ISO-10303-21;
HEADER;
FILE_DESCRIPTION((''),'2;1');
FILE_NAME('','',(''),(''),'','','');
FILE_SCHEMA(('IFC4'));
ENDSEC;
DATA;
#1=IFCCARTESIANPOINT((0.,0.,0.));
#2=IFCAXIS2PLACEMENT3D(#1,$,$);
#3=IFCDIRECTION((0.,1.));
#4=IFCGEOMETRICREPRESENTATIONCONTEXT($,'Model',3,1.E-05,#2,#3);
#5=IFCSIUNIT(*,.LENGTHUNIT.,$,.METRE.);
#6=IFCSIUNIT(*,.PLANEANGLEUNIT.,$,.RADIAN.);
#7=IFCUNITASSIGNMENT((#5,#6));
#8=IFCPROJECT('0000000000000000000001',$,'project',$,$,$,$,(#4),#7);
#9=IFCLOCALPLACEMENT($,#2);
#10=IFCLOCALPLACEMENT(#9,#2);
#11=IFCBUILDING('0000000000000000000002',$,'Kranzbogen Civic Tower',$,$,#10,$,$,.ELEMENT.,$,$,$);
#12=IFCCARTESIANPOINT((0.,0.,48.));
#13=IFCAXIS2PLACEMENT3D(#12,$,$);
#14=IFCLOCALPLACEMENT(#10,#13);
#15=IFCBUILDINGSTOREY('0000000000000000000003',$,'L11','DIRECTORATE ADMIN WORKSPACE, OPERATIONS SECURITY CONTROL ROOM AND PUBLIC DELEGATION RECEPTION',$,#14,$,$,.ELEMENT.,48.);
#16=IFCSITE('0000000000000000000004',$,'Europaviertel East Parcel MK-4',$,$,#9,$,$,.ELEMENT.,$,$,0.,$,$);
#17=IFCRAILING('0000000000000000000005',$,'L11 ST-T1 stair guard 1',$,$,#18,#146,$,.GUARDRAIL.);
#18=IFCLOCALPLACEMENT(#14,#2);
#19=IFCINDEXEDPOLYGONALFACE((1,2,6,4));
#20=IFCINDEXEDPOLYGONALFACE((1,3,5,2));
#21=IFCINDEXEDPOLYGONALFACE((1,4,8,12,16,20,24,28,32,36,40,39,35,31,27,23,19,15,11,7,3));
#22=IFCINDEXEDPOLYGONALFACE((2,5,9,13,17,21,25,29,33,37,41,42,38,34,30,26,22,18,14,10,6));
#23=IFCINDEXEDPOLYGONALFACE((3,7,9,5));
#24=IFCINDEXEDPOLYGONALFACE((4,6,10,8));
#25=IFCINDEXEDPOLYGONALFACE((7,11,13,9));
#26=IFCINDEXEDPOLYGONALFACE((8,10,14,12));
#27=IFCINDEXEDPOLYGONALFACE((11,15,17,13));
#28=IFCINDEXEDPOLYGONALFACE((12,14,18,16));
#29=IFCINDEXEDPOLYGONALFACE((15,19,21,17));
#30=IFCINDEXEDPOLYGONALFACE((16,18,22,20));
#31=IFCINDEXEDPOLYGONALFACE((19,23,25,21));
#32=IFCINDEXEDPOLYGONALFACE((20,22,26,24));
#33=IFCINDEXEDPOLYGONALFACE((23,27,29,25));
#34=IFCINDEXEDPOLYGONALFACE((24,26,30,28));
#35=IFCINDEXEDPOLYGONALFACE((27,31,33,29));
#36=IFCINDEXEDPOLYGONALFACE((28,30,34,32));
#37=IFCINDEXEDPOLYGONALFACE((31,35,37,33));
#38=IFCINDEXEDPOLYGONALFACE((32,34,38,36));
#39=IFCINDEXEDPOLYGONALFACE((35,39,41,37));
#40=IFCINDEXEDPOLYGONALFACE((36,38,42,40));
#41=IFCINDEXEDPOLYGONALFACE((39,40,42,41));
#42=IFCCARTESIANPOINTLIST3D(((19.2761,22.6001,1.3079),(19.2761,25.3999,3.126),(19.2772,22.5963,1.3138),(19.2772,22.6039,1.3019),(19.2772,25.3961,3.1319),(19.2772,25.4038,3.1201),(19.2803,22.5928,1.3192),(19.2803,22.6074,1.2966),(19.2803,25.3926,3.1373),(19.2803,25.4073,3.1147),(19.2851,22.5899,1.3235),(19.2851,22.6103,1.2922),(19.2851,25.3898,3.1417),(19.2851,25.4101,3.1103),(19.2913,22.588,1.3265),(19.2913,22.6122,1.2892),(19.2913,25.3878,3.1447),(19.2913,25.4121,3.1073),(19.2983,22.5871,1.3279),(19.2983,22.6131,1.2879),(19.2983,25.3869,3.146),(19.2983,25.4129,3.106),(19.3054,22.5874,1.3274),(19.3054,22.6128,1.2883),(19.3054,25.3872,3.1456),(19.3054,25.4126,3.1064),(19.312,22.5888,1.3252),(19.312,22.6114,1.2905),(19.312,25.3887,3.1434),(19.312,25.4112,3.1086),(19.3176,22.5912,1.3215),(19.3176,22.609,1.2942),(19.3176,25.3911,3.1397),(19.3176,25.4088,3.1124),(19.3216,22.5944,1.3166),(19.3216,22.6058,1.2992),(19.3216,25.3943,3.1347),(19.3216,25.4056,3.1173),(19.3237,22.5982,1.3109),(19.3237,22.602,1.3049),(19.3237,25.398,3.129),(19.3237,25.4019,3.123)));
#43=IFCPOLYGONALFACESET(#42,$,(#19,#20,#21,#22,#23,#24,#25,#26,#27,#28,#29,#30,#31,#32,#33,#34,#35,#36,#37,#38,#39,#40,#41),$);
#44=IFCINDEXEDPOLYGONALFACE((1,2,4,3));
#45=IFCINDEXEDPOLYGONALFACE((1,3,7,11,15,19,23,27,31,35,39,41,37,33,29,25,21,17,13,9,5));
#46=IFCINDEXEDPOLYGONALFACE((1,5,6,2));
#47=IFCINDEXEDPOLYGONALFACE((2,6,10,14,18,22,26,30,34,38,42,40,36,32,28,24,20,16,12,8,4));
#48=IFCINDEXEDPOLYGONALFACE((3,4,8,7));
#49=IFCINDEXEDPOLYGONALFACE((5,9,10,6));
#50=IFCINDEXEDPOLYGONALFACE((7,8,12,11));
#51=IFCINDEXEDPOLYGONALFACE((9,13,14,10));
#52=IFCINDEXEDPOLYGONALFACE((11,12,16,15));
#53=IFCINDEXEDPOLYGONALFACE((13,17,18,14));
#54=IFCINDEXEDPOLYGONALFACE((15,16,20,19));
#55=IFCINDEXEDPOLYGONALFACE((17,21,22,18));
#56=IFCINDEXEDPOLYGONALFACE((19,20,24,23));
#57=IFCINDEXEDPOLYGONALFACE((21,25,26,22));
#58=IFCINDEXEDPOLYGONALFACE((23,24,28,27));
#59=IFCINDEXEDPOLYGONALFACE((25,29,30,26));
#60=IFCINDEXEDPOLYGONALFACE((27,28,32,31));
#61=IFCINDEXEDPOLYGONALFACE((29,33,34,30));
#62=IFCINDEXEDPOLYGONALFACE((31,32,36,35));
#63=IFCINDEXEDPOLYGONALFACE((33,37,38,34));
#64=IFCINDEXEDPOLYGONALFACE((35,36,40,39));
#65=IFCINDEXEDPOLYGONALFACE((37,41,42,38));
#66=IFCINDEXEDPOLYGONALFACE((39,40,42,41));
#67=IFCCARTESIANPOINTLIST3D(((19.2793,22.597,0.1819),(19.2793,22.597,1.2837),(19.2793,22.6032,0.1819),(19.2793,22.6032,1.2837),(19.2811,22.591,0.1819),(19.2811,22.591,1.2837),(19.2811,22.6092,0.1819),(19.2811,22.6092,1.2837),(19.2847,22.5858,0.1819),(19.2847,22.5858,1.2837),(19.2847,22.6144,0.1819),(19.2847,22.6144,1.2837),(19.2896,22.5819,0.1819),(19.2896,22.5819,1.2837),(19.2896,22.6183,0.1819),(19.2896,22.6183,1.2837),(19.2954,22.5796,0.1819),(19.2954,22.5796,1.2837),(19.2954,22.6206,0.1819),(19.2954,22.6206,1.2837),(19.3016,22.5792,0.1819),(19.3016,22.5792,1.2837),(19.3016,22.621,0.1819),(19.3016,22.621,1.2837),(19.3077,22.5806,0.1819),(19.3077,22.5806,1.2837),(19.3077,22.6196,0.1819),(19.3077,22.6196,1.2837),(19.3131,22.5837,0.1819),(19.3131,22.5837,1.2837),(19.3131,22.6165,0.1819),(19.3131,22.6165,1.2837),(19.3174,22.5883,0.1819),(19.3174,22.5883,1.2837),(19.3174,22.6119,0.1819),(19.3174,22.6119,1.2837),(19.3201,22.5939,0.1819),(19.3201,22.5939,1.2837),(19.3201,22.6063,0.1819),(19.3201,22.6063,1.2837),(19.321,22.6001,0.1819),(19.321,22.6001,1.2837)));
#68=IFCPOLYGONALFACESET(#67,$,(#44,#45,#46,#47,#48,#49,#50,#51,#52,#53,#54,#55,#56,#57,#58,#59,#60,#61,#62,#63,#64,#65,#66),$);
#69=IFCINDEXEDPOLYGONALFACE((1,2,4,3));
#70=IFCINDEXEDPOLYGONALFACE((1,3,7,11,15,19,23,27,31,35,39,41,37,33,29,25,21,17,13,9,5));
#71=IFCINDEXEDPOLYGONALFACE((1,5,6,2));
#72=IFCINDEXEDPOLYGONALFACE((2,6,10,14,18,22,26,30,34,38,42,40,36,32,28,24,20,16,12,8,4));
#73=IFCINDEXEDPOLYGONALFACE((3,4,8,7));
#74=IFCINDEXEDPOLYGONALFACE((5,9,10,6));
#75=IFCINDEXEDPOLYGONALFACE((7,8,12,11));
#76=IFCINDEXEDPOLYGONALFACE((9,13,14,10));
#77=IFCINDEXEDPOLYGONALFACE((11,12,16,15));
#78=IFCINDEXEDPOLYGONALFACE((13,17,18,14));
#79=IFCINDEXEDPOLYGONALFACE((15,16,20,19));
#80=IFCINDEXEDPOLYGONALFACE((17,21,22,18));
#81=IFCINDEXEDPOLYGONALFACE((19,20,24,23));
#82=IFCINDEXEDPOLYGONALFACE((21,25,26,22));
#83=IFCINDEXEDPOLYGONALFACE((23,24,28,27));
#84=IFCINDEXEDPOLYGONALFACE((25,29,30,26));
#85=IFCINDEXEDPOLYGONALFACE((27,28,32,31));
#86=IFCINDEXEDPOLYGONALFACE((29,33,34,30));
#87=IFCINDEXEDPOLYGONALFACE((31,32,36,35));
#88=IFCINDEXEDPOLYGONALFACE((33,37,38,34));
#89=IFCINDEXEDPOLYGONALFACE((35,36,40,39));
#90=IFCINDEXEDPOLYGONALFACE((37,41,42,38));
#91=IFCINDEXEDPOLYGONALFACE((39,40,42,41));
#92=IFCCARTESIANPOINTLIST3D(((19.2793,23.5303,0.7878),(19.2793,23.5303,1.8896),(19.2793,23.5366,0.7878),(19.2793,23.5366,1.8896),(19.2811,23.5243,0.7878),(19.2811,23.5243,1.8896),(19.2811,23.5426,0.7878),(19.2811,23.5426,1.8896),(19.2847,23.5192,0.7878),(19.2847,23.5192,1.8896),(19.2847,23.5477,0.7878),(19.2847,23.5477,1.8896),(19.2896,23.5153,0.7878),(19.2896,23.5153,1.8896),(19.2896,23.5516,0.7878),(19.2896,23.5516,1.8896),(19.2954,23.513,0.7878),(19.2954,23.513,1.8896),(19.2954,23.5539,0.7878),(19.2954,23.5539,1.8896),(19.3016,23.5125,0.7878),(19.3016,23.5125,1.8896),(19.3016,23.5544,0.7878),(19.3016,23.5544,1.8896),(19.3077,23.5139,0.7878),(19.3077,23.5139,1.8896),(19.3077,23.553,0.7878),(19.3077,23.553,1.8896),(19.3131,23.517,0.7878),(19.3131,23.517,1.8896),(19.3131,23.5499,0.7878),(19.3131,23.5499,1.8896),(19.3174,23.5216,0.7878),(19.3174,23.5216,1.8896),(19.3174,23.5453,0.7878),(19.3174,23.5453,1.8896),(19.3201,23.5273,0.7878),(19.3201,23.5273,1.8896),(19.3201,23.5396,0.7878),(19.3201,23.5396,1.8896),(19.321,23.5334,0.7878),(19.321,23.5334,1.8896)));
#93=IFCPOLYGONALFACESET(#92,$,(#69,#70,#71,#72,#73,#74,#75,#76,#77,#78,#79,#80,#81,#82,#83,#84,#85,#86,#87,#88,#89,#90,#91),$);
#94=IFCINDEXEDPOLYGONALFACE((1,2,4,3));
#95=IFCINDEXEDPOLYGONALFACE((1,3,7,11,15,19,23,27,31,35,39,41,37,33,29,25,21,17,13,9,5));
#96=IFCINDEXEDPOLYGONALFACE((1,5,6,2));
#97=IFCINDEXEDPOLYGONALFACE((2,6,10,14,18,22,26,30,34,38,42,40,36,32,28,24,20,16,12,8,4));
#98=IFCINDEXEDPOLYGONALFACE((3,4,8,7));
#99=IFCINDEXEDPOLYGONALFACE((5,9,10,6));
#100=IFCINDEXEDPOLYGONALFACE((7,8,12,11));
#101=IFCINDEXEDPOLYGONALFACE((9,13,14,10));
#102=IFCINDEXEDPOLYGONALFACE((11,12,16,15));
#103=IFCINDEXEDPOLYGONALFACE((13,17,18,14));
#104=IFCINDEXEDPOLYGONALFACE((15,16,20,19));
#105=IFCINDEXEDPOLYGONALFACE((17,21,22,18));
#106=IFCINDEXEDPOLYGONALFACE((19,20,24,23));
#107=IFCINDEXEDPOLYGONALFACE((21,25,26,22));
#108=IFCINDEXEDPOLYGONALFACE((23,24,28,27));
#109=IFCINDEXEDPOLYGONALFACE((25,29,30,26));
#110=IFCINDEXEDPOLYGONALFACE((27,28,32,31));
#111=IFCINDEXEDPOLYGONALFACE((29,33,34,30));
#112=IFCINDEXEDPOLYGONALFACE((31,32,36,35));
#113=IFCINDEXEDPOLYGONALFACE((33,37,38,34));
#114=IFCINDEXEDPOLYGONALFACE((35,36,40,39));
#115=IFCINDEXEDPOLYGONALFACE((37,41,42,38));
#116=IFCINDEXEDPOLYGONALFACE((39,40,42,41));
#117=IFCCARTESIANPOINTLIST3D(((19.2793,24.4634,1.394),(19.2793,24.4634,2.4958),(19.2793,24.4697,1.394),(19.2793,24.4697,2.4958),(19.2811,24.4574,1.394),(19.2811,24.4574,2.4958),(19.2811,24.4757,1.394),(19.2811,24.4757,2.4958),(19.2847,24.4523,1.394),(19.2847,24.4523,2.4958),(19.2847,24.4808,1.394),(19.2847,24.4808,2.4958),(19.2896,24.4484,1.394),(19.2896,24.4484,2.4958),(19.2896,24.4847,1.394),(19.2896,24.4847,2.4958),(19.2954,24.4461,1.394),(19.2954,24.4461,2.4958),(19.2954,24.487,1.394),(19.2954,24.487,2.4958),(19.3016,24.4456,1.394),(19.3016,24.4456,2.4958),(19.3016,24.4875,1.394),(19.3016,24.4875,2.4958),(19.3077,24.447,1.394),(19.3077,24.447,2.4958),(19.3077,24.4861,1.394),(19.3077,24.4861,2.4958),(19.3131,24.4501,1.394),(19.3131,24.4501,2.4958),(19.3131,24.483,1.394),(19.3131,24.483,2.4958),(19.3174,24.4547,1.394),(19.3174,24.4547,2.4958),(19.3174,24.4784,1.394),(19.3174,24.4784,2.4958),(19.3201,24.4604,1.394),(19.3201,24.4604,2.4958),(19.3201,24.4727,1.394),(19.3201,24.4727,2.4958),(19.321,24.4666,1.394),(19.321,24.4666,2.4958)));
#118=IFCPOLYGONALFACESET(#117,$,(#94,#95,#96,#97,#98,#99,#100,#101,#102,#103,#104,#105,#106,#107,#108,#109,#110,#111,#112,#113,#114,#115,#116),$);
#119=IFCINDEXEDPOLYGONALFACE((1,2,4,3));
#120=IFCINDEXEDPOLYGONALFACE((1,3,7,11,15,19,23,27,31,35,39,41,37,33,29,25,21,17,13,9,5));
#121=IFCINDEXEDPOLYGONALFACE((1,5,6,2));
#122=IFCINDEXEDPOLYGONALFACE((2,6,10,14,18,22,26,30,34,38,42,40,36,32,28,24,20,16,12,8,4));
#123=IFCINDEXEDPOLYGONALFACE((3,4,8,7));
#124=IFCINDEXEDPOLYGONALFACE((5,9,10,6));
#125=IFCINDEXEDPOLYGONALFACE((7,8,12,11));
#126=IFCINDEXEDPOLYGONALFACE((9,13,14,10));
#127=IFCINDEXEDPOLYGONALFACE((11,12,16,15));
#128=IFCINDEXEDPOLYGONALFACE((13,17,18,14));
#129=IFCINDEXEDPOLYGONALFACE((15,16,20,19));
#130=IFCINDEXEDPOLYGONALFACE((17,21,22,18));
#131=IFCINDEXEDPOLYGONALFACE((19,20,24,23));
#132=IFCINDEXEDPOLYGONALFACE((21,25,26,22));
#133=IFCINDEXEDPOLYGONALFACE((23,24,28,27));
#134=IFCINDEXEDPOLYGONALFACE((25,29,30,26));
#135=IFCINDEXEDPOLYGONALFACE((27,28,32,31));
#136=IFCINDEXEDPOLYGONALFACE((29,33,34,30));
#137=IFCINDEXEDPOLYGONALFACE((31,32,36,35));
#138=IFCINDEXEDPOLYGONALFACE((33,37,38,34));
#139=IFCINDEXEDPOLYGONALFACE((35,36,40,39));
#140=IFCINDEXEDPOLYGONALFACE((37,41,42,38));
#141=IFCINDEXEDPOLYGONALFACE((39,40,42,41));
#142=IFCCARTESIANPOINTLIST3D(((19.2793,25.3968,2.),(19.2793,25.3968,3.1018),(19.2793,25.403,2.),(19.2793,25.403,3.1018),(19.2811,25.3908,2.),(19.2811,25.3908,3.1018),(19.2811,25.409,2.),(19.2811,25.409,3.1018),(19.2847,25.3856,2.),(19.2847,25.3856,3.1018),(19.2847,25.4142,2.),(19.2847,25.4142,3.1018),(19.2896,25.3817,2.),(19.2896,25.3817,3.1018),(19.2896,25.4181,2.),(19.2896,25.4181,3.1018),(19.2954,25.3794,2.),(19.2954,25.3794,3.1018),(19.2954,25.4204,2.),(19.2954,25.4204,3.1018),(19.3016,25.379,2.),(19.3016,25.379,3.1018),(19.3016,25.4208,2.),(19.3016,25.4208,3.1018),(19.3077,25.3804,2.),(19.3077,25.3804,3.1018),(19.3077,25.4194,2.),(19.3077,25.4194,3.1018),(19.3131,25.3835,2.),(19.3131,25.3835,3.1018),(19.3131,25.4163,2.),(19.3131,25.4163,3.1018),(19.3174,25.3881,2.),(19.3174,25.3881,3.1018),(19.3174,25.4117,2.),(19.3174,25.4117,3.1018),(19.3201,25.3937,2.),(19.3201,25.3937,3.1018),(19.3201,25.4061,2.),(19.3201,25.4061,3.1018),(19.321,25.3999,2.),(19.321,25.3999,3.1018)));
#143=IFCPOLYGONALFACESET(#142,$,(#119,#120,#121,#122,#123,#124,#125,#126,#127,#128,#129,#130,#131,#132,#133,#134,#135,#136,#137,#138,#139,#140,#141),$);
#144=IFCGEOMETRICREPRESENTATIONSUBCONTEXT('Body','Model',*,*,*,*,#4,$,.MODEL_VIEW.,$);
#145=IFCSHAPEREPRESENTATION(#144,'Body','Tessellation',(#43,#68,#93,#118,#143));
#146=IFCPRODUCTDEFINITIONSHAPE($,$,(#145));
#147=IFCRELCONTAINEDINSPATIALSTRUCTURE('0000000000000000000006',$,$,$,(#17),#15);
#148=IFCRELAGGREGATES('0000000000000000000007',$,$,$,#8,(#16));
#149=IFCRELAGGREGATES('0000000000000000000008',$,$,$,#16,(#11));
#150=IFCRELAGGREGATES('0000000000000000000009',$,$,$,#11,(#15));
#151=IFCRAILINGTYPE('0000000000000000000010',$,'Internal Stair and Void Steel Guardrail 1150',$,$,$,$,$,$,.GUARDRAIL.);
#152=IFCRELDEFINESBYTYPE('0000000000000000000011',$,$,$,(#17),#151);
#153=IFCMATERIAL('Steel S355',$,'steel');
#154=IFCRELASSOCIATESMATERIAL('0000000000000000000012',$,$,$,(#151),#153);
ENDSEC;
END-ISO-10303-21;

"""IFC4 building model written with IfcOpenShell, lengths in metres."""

from ifc_helpers import new_model, si_unit, direction, frame, origin, origin_2d, place, context, subcontext, project, spatial, circle, extrude, material, type_object, element, save


model = new_model("IFC4")

# Units and contexts
model_context = context("Model", 3, precision=1e-05, world=origin(), true_north=direction((0.0, 1.0)))
body_context = subcontext(model_context, "Body", "Model", "MODEL_VIEW")
ifc_project = project(units=[si_unit("LENGTHUNIT", "METRE"), si_unit("PLANEANGLEUNIT", "RADIAN")], contexts=[model_context])

# Site, building, storey
site_placement = place(None, origin())
site = spatial("IfcSite", under=ifc_project, at=site_placement, Name="Europaviertel East Parcel MK-4", CompositionType="ELEMENT", RefElevation=0.0)
building_placement = place(site_placement, origin())
building = spatial("IfcBuilding", under=site, at=building_placement, Name="Kranzbogen Civic Tower", CompositionType="ELEMENT")
storey_placement = place(building_placement, frame((0.0, 0.0, 48.0)))
storey = spatial("IfcBuildingStorey", under=building, at=storey_placement, Name="L11", Description="DIRECTORATE ADMIN WORKSPACE, OPERATIONS SECURITY CONTROL ROOM AND PUBLIC DELEGATION RECEPTION", CompositionType="ELEMENT", Elevation=48.0)

# Shared definitions
ifc_material_1 = material(Name="Steel S355", Category="steel")

# Railing
railing_type_1 = type_object("IfcRailingType", Name="Internal Stair and Void Steel Guardrail 1150", PredefinedType="GUARDRAIL", material=ifc_material_1)
railing_1_placement = place(storey_placement, frame((19.3, 22.6001, 0.1819)))
element("IfcRailing", 1, at=railing_1_placement, inside=storey, type_object=railing_type_1, Name="L11 ST-T1 stair guard 1", PredefinedType="GUARDRAIL", context=body_context, shape_type="SweptSolid", body=[
    extrude(circle(Radius=0.0239, at=origin_2d()), frame((0.0, 0.0, 1.126), z_axis=(0.0, 0.838684, 0.544618), x_axis=(-1.0, 0.0, 0.0)), (0.0, 0.0, 1.0), 3.3384),
    extrude(circle(Radius=0.021, at=origin_2d()), origin(), (0.0, 0.0, 1.0), 1.1018),
    extrude(circle(Radius=0.021, at=origin_2d()), frame((0.0, 0.9333, 0.606)), (0.0, 0.0, 1.0), 1.1018),
    extrude(circle(Radius=0.021, at=origin_2d()), frame((0.0, 1.8665, 1.2122)), (0.0, 0.0, 1.0), 1.1018),
    extrude(circle(Radius=0.021, at=origin_2d()), frame((0.0, 2.7998, 1.8181)), (0.0, 0.0, 1.0), 1.1018),
])

save(model, "model.ifc")
